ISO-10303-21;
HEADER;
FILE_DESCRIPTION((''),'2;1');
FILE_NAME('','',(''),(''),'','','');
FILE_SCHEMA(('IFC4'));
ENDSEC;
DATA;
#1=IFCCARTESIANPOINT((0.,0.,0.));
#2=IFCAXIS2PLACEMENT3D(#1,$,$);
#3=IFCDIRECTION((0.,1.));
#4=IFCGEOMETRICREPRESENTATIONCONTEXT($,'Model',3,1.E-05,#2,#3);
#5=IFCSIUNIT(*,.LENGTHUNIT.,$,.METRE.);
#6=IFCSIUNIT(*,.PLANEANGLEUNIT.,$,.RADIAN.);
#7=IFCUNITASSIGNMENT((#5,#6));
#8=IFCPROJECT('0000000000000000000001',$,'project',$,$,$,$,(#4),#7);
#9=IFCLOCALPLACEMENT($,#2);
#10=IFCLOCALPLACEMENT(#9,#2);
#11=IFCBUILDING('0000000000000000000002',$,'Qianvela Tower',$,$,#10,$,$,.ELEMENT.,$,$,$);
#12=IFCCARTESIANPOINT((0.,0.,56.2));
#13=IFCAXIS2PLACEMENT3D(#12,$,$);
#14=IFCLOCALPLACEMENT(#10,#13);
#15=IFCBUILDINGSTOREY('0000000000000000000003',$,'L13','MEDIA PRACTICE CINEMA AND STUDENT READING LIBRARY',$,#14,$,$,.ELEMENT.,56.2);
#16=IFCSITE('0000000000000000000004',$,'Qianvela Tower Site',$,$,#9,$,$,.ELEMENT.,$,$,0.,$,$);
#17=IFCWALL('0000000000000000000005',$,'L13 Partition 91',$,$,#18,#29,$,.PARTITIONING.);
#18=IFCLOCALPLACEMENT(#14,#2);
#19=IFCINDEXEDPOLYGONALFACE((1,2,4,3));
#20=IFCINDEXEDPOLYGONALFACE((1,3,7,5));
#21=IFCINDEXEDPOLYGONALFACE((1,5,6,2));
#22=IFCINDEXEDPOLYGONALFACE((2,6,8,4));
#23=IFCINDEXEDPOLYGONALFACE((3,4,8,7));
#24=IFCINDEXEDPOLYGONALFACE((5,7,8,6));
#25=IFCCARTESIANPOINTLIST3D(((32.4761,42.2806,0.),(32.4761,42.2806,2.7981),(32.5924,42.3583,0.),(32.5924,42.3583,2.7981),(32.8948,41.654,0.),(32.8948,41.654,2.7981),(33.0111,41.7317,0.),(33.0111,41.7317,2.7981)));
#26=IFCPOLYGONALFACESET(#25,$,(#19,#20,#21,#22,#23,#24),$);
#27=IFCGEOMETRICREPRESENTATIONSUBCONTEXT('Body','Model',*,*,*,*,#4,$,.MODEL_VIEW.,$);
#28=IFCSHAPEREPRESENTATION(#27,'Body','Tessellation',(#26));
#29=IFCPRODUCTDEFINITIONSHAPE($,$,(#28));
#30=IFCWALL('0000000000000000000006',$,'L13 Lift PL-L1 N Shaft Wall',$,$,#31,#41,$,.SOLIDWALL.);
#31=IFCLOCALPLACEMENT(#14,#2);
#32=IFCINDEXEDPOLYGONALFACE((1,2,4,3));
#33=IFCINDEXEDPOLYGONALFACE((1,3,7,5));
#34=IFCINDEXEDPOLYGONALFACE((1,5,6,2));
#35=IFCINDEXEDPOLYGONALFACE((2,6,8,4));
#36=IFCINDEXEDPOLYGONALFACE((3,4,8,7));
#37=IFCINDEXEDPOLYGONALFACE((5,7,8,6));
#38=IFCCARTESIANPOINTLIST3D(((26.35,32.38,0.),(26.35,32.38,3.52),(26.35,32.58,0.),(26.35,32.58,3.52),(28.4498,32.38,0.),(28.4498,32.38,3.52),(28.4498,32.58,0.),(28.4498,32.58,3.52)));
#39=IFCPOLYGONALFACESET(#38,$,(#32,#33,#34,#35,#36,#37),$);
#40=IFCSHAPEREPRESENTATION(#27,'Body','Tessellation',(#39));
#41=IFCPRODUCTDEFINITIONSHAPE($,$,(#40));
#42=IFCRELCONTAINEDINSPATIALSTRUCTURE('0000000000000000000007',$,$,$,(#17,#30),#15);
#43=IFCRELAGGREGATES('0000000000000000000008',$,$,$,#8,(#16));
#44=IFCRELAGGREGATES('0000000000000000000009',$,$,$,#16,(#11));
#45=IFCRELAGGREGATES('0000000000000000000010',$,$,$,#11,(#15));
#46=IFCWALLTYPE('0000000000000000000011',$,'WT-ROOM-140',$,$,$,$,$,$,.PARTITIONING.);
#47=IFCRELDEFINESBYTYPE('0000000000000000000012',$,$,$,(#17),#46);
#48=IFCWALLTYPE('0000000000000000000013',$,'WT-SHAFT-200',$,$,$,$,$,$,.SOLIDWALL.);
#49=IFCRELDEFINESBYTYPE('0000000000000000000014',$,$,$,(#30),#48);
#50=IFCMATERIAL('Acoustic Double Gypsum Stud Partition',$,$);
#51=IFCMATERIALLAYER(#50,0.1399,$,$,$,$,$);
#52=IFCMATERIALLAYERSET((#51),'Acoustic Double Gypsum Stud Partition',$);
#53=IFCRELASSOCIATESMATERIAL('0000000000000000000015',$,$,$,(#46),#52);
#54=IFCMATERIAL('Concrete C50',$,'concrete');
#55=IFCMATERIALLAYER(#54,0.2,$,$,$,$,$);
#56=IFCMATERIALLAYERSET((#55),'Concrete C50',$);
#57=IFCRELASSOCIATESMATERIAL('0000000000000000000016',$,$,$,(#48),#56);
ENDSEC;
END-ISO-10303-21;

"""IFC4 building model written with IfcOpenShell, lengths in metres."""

from ifc_helpers import new_model, si_unit, direction, frame, frame_2d, origin, place, context, subcontext, project, spatial, rectangle, extrude, material, layer, layer_set, type_object, element, save


model = new_model("IFC4")

# Units and contexts
model_context = context("Model", 3, precision=1e-05, world=origin(), true_north=direction((0.0, 1.0)))
body_context = subcontext(model_context, "Body", "Model", "MODEL_VIEW")
ifc_project = project(units=[si_unit("LENGTHUNIT", "METRE"), si_unit("PLANEANGLEUNIT", "RADIAN")], contexts=[model_context])

# Site, building, storey
site_placement = place(None, origin())
site = spatial("IfcSite", under=ifc_project, at=site_placement, Name="Qianvela Tower Site", CompositionType="ELEMENT", RefElevation=0.0)
building_placement = place(site_placement, origin())
building = spatial("IfcBuilding", under=site, at=building_placement, Name="Qianvela Tower", CompositionType="ELEMENT")
storey_placement = place(building_placement, frame((0.0, 0.0, 56.2)))
storey = spatial("IfcBuildingStorey", under=building, at=storey_placement, Name="L13", Description="MEDIA PRACTICE CINEMA AND STUDENT READING LIBRARY", CompositionType="ELEMENT", Elevation=56.2)

# Walls
ifc_material_1 = material(Name="Acoustic Double Gypsum Stud Partition")
ifc_layer_1 = layer(ifc_material_1, 0.1399)
ifc_layer_set_1 = layer_set([ifc_layer_1], Name="Acoustic Double Gypsum Stud Partition")
wall_type_1 = type_object("IfcWallType", Name="WT-ROOM-140", PredefinedType="PARTITIONING", material=ifc_layer_set_1)
wall_1_placement = place(storey_placement, frame((32.5342, 42.3196, 0.0), z_axis=(0.0, 0.0, 1.0), x_axis=(0.555522, -0.831502, 0.0)))
element("IfcWall", 1, at=wall_1_placement, inside=storey, type_object=wall_type_1, Name="L13 Partition 91", PredefinedType="PARTITIONING", context=body_context, shape_type="SweptSolid", body=[
    extrude(rectangle(XDim=0.7537, YDim=0.1399, at=frame_2d((0.377, 0.0))), origin(), (0.0, 0.0, 1.0), 2.7981),
])
ifc_material_2 = material(Name="Concrete C50", Category="concrete")
ifc_layer_2 = layer(ifc_material_2, 0.2)
ifc_layer_set_2 = layer_set([ifc_layer_2], Name="Concrete C50")
wall_type_2 = type_object("IfcWallType", Name="WT-SHAFT-200", PredefinedType="SOLIDWALL", material=ifc_layer_set_2)
wall_2_placement = place(storey_placement, frame((26.3501, 32.48, 0.0), z_axis=(0.0, 0.0, 1.0), x_axis=(1.0, 0.0, 0.0)))
element("IfcWall", 2, at=wall_2_placement, inside=storey, type_object=wall_type_2, Name="L13 Lift PL-L1 N Shaft Wall", PredefinedType="SOLIDWALL", context=body_context, shape_type="SweptSolid", body=[
    extrude(rectangle(XDim=2.0999, YDim=0.2, at=frame_2d((1.0498, 0.0))), origin(), (0.0, 0.0, 1.0), 3.52),
])

save(model, "model.ifc")
